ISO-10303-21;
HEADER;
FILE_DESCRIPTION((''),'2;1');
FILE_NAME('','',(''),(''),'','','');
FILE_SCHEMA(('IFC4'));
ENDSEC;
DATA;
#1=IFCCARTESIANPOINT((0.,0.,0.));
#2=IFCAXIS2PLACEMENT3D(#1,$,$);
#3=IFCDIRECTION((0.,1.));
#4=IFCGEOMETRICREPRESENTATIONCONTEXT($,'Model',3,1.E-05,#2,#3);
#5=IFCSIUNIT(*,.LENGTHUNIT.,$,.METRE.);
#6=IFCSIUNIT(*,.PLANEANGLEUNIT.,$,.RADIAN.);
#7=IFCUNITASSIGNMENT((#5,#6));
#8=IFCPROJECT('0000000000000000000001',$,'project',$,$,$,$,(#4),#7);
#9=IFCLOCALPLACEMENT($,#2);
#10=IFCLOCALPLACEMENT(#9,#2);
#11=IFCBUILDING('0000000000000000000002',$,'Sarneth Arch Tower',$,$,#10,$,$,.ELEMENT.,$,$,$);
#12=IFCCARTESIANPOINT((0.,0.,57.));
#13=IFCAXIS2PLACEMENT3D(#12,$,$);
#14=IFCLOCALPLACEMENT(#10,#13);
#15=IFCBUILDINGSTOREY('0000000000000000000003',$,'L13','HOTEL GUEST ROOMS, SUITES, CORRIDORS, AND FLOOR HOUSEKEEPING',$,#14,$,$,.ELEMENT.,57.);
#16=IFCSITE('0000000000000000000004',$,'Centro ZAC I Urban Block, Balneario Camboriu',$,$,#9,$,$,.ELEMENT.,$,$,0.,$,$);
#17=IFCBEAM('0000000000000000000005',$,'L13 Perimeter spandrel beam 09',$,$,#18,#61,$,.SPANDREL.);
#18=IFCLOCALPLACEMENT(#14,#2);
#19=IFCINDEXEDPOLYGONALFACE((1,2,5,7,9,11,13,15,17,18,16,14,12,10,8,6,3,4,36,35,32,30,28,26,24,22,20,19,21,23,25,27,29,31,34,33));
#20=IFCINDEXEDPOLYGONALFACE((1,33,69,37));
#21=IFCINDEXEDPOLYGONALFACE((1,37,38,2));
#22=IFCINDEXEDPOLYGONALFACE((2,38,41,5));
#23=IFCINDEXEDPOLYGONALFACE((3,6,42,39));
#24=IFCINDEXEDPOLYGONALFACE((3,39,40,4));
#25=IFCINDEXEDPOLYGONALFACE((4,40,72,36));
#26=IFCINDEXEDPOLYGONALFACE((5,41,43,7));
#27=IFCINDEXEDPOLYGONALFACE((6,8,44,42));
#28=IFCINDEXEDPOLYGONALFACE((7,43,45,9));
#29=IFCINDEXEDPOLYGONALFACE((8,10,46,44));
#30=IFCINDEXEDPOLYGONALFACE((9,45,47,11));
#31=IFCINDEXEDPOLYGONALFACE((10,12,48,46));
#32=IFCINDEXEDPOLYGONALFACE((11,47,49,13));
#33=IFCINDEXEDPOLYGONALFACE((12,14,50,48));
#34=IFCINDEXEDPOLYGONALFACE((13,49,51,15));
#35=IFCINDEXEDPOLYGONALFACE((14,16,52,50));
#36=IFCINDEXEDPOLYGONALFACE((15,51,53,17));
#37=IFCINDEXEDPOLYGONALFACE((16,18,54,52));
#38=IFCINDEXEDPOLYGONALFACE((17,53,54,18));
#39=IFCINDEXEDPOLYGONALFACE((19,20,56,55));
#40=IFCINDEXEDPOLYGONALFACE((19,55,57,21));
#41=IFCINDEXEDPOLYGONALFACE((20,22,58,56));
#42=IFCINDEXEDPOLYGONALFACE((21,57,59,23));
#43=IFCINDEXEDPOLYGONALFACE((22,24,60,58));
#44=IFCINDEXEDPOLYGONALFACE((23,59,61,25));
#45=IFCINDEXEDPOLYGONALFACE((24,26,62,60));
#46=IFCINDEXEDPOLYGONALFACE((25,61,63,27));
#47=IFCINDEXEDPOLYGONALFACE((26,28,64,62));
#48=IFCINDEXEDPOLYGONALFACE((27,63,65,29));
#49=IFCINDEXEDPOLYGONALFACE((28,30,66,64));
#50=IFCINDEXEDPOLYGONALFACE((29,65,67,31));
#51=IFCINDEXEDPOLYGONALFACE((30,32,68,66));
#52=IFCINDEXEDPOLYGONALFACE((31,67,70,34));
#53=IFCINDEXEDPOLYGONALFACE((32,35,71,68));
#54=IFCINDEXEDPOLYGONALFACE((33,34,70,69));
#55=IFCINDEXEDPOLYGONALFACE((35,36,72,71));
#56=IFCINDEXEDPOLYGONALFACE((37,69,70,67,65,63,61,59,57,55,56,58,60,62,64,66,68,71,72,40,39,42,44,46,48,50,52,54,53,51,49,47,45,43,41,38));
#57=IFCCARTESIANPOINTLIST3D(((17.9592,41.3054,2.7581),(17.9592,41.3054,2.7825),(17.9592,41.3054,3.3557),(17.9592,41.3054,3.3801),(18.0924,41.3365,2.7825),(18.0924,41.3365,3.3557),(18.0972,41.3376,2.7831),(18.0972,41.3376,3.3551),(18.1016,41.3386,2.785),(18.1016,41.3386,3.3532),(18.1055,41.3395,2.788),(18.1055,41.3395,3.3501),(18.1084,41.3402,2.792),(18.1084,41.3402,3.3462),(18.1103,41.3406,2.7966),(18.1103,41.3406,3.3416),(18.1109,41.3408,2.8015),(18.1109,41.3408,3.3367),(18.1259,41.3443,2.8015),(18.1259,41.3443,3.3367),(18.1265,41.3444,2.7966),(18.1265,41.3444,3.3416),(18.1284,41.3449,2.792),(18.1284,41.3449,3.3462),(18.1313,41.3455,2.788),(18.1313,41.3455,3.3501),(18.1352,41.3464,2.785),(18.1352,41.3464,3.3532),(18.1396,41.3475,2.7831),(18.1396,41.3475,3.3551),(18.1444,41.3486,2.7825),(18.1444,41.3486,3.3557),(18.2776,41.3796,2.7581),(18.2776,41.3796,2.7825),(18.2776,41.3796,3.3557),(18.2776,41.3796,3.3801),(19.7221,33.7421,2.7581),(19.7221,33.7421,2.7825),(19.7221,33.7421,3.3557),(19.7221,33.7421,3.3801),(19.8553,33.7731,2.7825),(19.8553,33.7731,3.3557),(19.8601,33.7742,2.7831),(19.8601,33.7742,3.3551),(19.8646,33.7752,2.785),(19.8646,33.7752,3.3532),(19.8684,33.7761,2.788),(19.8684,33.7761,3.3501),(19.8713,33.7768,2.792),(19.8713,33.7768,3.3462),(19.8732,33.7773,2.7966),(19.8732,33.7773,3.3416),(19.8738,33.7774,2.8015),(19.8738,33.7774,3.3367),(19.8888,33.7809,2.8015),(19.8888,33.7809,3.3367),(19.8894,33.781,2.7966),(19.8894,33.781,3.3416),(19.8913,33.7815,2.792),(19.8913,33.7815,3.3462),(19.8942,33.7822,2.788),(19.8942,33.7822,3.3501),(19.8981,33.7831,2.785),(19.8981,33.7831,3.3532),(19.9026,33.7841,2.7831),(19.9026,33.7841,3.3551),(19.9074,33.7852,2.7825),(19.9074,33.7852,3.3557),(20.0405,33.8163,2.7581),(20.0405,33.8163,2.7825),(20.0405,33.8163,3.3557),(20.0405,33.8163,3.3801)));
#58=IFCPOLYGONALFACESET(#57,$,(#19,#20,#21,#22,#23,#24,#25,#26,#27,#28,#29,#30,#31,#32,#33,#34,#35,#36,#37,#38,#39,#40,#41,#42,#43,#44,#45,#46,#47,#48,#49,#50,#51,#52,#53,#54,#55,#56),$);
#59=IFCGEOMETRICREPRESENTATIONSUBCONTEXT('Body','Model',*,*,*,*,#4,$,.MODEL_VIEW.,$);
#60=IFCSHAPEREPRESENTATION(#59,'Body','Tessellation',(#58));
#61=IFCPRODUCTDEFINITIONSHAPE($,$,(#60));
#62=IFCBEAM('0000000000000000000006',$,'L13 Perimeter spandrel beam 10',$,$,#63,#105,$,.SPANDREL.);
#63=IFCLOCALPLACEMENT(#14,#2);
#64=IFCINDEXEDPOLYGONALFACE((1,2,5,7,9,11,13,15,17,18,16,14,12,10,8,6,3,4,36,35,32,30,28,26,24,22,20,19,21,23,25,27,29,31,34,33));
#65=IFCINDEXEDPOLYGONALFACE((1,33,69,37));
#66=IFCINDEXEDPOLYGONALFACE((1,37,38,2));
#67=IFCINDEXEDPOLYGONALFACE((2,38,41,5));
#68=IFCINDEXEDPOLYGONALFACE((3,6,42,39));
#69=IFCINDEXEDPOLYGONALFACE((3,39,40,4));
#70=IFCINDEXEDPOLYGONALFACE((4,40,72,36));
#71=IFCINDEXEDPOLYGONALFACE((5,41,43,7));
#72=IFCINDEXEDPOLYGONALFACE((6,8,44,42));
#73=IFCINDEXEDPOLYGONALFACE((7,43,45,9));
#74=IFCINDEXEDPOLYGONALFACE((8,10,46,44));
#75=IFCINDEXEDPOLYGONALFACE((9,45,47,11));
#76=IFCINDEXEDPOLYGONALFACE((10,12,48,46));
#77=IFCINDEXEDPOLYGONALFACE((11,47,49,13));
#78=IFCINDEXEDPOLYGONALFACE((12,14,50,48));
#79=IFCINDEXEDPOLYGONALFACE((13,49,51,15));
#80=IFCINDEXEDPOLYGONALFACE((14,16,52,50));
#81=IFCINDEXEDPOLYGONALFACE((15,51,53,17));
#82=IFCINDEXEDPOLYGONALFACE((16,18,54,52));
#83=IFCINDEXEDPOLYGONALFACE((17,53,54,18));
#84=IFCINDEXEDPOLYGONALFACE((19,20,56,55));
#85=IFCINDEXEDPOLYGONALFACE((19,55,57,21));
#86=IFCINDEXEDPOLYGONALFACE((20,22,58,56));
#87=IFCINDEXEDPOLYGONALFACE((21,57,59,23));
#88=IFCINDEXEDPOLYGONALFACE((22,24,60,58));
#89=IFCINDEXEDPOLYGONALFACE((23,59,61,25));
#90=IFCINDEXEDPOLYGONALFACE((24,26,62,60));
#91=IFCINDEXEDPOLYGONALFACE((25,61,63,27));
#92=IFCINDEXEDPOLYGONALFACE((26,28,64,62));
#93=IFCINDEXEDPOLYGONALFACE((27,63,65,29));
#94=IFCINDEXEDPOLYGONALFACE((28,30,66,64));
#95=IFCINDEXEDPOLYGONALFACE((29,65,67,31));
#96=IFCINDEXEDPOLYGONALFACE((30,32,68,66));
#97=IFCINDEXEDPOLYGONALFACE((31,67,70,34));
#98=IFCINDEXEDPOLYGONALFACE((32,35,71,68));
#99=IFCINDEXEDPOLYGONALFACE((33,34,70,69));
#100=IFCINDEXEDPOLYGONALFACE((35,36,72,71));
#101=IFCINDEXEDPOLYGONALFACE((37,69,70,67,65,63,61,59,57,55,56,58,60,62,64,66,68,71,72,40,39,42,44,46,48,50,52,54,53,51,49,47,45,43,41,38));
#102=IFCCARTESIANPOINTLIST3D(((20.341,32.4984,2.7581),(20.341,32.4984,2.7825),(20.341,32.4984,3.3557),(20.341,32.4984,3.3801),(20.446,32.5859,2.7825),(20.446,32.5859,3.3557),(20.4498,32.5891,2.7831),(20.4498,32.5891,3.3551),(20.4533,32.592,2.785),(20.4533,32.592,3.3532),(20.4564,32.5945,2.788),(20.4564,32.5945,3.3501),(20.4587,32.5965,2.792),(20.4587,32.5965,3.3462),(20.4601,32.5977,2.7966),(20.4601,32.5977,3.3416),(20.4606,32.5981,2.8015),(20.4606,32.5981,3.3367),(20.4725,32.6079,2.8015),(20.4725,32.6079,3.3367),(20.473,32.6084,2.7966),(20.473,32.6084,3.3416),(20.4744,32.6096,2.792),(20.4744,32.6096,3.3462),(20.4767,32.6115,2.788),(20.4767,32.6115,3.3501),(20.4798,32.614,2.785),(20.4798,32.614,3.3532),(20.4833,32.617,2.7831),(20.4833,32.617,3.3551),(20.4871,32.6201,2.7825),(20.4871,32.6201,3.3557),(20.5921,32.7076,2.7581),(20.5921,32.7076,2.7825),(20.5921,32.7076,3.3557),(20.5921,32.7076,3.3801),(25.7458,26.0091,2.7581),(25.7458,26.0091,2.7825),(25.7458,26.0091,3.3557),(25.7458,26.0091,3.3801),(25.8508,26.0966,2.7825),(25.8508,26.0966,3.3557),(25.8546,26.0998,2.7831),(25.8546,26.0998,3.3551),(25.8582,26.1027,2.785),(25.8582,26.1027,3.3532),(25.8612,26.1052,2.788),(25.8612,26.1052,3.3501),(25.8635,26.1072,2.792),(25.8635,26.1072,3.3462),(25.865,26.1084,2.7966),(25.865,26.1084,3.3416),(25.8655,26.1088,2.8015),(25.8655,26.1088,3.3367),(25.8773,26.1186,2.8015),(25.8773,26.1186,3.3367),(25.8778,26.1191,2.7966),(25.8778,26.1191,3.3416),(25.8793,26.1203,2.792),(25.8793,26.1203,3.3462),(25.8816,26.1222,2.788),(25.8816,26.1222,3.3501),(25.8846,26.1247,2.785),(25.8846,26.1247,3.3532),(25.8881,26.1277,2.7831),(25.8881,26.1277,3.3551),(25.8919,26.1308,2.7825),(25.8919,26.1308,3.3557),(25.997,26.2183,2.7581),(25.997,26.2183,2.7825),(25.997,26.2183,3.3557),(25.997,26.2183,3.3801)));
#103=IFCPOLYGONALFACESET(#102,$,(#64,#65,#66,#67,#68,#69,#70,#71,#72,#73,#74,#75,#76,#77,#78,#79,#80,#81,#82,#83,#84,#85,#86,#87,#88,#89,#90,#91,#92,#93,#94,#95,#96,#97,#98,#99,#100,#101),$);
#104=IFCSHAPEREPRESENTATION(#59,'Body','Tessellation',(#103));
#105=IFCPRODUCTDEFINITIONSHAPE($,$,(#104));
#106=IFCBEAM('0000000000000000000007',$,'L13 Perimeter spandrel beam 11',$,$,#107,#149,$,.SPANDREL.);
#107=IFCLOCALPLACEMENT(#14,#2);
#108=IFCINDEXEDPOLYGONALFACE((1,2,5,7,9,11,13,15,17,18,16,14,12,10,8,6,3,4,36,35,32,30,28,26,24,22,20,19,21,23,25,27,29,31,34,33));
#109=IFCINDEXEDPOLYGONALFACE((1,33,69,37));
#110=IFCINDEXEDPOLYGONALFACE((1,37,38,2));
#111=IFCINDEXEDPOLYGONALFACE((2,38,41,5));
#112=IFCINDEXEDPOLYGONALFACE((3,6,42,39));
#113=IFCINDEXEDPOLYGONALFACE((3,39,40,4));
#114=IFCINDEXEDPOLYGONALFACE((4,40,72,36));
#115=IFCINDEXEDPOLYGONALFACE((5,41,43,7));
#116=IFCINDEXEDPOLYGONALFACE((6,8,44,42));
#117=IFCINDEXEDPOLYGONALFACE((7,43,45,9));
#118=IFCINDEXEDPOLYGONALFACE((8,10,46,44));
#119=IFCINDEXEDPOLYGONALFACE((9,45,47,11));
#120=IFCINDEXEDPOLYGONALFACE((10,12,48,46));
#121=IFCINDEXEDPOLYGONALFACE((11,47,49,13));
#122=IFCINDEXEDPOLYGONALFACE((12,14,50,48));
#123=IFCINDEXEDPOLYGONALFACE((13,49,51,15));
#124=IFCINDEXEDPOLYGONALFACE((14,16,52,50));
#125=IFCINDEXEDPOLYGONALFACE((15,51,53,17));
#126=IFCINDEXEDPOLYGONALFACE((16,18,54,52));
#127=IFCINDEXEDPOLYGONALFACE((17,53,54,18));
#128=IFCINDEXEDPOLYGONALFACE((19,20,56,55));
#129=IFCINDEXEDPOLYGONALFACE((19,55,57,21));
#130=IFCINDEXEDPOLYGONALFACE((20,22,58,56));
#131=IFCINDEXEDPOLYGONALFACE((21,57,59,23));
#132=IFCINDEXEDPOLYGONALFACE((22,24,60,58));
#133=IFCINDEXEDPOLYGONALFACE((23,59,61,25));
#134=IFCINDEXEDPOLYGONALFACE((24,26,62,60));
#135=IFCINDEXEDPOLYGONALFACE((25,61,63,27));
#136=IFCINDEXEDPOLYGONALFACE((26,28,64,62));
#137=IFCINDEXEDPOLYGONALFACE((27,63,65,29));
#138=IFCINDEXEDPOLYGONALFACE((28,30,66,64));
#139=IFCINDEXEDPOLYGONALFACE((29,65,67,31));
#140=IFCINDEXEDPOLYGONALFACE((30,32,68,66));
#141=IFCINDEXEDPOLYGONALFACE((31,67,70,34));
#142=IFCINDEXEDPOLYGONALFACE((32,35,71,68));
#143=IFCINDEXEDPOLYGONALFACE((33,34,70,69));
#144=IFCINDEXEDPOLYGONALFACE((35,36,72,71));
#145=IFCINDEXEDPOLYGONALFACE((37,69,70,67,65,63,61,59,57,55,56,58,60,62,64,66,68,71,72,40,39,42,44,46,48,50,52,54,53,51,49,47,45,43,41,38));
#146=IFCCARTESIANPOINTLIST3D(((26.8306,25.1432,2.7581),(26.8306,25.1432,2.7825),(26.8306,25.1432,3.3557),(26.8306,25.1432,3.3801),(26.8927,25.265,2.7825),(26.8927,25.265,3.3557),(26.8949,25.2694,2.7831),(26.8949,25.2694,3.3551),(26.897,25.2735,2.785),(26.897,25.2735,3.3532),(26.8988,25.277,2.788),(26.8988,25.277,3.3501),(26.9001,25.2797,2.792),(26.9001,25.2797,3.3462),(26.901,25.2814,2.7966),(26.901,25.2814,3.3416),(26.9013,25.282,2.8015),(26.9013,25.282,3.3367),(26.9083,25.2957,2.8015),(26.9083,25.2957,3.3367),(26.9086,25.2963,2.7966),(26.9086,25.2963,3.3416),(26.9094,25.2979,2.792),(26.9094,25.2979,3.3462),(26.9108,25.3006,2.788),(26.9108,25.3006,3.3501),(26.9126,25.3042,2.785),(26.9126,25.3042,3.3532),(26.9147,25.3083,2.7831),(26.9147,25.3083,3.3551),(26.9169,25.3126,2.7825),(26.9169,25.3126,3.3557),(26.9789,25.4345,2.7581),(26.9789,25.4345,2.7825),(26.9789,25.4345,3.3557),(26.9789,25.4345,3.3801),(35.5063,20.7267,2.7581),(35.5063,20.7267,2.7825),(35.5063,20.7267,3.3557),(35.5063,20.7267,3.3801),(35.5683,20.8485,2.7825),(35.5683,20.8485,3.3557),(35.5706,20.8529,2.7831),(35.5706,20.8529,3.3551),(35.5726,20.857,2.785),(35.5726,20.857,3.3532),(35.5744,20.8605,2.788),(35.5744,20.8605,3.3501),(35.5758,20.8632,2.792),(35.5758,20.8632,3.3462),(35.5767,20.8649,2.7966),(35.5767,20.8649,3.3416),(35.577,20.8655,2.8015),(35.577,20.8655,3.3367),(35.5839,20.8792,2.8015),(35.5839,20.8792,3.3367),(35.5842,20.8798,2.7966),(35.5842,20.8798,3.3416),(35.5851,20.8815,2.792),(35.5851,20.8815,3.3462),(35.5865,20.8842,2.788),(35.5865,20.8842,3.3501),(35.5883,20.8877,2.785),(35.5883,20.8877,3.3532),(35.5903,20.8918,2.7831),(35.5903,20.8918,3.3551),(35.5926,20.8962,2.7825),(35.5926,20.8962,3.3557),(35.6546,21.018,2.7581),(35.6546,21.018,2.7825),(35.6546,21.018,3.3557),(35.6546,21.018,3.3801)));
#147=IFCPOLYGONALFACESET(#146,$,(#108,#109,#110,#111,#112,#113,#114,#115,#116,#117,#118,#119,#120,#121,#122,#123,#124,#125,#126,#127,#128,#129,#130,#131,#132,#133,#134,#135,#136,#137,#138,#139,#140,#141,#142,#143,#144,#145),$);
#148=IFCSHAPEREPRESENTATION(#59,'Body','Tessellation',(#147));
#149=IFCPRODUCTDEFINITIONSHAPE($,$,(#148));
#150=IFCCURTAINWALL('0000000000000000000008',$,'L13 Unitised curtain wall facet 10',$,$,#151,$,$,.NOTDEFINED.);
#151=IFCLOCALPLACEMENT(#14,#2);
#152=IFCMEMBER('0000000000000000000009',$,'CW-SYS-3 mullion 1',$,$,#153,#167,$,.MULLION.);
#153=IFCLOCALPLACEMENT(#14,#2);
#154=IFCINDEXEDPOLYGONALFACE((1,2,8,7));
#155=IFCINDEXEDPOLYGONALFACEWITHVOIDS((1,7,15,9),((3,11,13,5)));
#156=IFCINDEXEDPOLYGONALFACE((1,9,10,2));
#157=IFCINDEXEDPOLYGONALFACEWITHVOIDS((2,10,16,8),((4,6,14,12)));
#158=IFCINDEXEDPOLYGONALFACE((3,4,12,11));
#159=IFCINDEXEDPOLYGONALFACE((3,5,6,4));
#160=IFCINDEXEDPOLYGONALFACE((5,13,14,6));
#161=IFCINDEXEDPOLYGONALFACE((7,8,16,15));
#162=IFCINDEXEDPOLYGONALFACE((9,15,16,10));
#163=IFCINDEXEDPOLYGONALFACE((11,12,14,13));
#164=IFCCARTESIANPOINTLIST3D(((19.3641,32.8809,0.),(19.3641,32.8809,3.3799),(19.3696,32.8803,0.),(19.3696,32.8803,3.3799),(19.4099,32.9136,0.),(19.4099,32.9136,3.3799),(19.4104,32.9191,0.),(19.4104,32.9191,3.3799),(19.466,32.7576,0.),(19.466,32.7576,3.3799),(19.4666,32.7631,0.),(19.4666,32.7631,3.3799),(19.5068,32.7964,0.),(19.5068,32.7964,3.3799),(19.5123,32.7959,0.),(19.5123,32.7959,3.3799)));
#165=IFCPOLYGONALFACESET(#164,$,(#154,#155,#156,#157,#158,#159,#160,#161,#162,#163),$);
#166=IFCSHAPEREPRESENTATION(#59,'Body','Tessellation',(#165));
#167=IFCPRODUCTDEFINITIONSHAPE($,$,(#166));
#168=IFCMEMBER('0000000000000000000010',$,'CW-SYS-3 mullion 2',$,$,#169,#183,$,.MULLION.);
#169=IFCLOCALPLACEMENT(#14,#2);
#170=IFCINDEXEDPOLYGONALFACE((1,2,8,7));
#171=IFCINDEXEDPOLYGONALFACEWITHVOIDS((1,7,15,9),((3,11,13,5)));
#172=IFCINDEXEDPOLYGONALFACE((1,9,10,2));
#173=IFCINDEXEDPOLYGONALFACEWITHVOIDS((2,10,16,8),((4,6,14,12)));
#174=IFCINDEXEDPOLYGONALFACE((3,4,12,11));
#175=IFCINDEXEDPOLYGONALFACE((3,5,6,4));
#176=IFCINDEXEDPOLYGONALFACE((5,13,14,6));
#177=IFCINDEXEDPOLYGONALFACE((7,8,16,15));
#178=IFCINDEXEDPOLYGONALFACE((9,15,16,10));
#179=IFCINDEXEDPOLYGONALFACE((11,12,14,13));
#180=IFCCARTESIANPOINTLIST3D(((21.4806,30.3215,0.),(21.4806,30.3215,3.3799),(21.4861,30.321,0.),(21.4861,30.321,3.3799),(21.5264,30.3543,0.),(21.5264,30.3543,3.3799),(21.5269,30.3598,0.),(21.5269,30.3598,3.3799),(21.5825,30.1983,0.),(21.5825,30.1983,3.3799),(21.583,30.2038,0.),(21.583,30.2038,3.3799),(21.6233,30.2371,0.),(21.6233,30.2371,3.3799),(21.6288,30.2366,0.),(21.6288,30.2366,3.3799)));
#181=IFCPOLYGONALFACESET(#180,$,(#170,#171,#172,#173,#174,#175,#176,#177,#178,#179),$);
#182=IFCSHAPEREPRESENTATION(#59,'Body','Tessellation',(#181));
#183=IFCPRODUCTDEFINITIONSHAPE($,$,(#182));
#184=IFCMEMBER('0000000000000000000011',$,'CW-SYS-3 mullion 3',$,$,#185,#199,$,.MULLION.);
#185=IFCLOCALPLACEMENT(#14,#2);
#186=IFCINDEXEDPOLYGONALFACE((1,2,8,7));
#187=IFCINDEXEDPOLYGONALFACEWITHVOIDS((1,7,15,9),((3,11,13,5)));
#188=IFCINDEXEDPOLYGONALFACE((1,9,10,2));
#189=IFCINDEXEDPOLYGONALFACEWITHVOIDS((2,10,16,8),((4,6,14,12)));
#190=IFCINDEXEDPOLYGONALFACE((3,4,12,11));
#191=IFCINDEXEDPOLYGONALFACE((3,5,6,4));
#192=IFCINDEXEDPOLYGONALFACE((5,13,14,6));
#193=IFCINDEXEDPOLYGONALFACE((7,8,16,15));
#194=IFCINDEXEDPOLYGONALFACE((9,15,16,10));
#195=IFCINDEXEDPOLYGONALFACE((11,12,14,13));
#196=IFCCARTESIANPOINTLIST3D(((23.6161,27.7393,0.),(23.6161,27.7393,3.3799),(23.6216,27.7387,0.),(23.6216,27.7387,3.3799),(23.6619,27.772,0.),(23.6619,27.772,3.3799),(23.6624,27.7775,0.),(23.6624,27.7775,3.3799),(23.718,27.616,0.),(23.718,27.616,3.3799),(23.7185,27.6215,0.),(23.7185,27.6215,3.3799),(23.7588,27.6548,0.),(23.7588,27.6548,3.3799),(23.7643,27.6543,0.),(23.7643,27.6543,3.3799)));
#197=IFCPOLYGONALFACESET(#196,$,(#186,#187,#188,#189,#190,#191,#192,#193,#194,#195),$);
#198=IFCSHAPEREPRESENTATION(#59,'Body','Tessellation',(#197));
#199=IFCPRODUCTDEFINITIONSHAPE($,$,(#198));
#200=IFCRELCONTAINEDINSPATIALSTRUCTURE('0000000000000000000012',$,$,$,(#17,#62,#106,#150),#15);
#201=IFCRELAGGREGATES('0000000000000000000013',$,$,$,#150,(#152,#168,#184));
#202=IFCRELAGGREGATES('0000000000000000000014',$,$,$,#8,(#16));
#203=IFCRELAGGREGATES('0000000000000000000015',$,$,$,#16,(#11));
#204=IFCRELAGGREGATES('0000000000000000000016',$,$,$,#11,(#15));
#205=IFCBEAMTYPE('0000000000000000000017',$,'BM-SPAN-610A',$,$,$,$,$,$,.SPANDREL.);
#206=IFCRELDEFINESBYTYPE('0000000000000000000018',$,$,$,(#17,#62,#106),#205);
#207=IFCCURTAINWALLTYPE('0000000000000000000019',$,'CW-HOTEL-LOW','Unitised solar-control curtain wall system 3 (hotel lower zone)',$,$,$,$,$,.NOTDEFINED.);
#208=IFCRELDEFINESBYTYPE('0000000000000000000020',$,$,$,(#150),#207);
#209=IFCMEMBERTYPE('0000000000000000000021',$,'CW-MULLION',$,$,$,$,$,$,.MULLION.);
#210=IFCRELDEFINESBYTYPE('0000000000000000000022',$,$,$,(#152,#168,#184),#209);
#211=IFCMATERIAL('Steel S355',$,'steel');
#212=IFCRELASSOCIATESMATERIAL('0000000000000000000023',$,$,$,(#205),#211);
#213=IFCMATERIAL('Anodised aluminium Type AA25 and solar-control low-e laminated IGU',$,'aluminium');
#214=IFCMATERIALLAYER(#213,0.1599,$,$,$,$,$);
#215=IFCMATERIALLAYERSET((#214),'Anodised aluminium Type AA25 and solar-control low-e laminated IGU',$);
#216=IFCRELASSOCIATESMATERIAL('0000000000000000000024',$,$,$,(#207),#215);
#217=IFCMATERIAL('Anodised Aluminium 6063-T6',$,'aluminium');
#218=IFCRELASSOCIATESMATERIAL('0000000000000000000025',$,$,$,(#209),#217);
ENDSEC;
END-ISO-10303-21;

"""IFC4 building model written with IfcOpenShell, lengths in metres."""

from ifc_helpers import new_model, si_unit, direction, frame, origin, origin_2d, place, context, subcontext, project, spatial, hollow_rectangle, i_section, extrude, material, layer, layer_set, material_profile, profile_set, type_object, element, aggregate, save


model = new_model("IFC4")

# Units and contexts
model_context = context("Model", 3, precision=1e-05, world=origin(), true_north=direction((0.0, 1.0)))
body_context = subcontext(model_context, "Body", "Model", "MODEL_VIEW")
ifc_project = project(units=[si_unit("LENGTHUNIT", "METRE"), si_unit("PLANEANGLEUNIT", "RADIAN")], contexts=[model_context])

# Site, building, storey
site_placement = place(None, origin())
site = spatial("IfcSite", under=ifc_project, at=site_placement, Name="Centro ZAC I Urban Block, Balneario Camboriu", CompositionType="ELEMENT", RefElevation=0.0)
building_placement = place(site_placement, origin())
building = spatial("IfcBuilding", under=site, at=building_placement, Name="Sarneth Arch Tower", CompositionType="ELEMENT")
storey_placement = place(building_placement, frame((0.0, 0.0, 57.0)))
storey = spatial("IfcBuildingStorey", under=building, at=storey_placement, Name="L13", Description="HOTEL GUEST ROOMS, SUITES, CORRIDORS, AND FLOOR HOUSEKEEPING", CompositionType="ELEMENT", Elevation=57.0)

# Beams
ifc_material_1 = material(Name="Steel S355", Category="steel")
ifc_material_profile_1 = material_profile(ifc_material_1, i_section(OverallWidth=0.3269, OverallDepth=0.6221, WebThickness=0.0154, FlangeThickness=0.0244, FilletRadius=0.019, at=origin_2d()), Name="W610x195")
ifc_profile_set_1 = profile_set([ifc_material_profile_1], Name="Steel S355")
beam_type = type_object("IfcBeamType", Name="BM-SPAN-610A", PredefinedType="SPANDREL", material=ifc_profile_set_1)
beam_1_placement = place(storey_placement, frame((18.1184, 41.3425, 3.0691), z_axis=(0.227001, -0.973895, 0.0), x_axis=(0.973895, 0.227001, 0.0)))
element("IfcBeam", 1, at=beam_1_placement, inside=storey, type_object=beam_type, Name="L13 Perimeter spandrel beam 09", PredefinedType="SPANDREL", context=body_context, shape_type="SweptSolid", body=[
    extrude(i_section(OverallWidth=0.3269, OverallDepth=0.6221, WebThickness=0.0154, FlangeThickness=0.0244, FilletRadius=0.019, at=origin_2d()), origin(), (0.0, 0.0, 1.0), 7.7661),
])
beam_2_placement = place(storey_placement, frame((20.4666, 32.603, 3.0691), z_axis=(0.63998, -0.768392, 0.0), x_axis=(0.768392, 0.63998, 0.0)))
element("IfcBeam", 2, at=beam_2_placement, inside=storey, type_object=beam_type, Name="L13 Perimeter spandrel beam 10", PredefinedType="SPANDREL", context=body_context, shape_type="SweptSolid", body=[
    extrude(i_section(OverallWidth=0.3269, OverallDepth=0.6221, WebThickness=0.0154, FlangeThickness=0.0244, FilletRadius=0.019, at=origin_2d()), origin(), (0.0, 0.0, 1.0), 8.4453),
])
beam_3_placement = place(storey_placement, frame((26.9048, 25.2888, 3.0691), z_axis=(0.891174, -0.453662, 0.0), x_axis=(0.453662, 0.891174, 0.0)))
element("IfcBeam", 3, at=beam_3_placement, inside=storey, type_object=beam_type, Name="L13 Perimeter spandrel beam 11", PredefinedType="SPANDREL", context=body_context, shape_type="SweptSolid", body=[
    extrude(i_section(OverallWidth=0.3269, OverallDepth=0.6221, WebThickness=0.0154, FlangeThickness=0.0244, FilletRadius=0.019, at=origin_2d()), origin(), (0.0, 0.0, 1.0), 9.7351),
])

# Curtain wall, members
ifc_material_2 = material(Name="Anodised aluminium Type AA25 and solar-control low-e laminated IGU", Category="aluminium")
ifc_layer_1 = layer(ifc_material_2, 0.1599)
ifc_layer_set_1 = layer_set([ifc_layer_1], Name="Anodised aluminium Type AA25 and solar-control low-e laminated IGU")
curtain_wall_type = type_object("IfcCurtainWallType", Name="CW-HOTEL-LOW", Description="Unitised solar-control curtain wall system 3 (hotel lower zone)", PredefinedType="NOTDEFINED", material=ifc_layer_set_1)
curtain_wall_placement = place(storey_placement, origin())
curtain_wall = element("IfcCurtainWall", 4, at=curtain_wall_placement, inside=storey, type_object=curtain_wall_type, Name="L13 Unitised curtain wall facet 10", PredefinedType="NOTDEFINED")
ifc_material_3 = material(Name="Anodised Aluminium 6063-T6", Category="aluminium")
ifc_material_profile_2 = material_profile(ifc_material_3, hollow_rectangle(XDim=0.0601, YDim=0.1599, WallThickness=0.0039, at=origin_2d()), Name="AL-MULL-160x60x4")
ifc_profile_set_2 = profile_set([ifc_material_profile_2], Name="Anodised Aluminium 6063-T6")
member_type_1 = type_object("IfcMemberType", Name="CW-MULLION", PredefinedType="MULLION", material=ifc_profile_set_2)
member_1_placement = place(storey_placement, frame((19.4382, 32.8384, 0.0), z_axis=(0.0, 0.0, 1.0), x_axis=(0.770623, 0.637291, 0.0)))
member_1 = element("IfcMember", 5, at=member_1_placement, type_object=member_type_1, Name="CW-SYS-3 mullion 1", PredefinedType="MULLION", context=body_context, shape_type="SweptSolid", body=[
    extrude(hollow_rectangle(XDim=0.0601, YDim=0.1599, WallThickness=0.0039, at=origin_2d()), origin(), (0.0, 0.0, 1.0), 3.3799),
])
member_2_placement = place(storey_placement, frame((21.5547, 30.2791, 0.0), z_axis=(0.0, 0.0, 1.0), x_axis=(0.770623, 0.637291, 0.0)))
member_2 = element("IfcMember", 6, at=member_2_placement, type_object=member_type_1, Name="CW-SYS-3 mullion 2", PredefinedType="MULLION", context=body_context, shape_type="SweptSolid", body=[
    extrude(hollow_rectangle(XDim=0.0601, YDim=0.1599, WallThickness=0.0039, at=origin_2d()), origin(), (0.0, 0.0, 1.0), 3.3799),
])
member_3_placement = place(storey_placement, frame((23.6902, 27.6968, 0.0), z_axis=(0.0, 0.0, 1.0), x_axis=(0.770623, 0.637291, 0.0)))
member_3 = element("IfcMember", 7, at=member_3_placement, type_object=member_type_1, Name="CW-SYS-3 mullion 3", PredefinedType="MULLION", context=body_context, shape_type="SweptSolid", body=[
    extrude(hollow_rectangle(XDim=0.0601, YDim=0.1599, WallThickness=0.0039, at=origin_2d()), origin(), (0.0, 0.0, 1.0), 3.3799),
])

aggregate(curtain_wall, [member_1, member_2, member_3])

save(model, "model.ifc")
